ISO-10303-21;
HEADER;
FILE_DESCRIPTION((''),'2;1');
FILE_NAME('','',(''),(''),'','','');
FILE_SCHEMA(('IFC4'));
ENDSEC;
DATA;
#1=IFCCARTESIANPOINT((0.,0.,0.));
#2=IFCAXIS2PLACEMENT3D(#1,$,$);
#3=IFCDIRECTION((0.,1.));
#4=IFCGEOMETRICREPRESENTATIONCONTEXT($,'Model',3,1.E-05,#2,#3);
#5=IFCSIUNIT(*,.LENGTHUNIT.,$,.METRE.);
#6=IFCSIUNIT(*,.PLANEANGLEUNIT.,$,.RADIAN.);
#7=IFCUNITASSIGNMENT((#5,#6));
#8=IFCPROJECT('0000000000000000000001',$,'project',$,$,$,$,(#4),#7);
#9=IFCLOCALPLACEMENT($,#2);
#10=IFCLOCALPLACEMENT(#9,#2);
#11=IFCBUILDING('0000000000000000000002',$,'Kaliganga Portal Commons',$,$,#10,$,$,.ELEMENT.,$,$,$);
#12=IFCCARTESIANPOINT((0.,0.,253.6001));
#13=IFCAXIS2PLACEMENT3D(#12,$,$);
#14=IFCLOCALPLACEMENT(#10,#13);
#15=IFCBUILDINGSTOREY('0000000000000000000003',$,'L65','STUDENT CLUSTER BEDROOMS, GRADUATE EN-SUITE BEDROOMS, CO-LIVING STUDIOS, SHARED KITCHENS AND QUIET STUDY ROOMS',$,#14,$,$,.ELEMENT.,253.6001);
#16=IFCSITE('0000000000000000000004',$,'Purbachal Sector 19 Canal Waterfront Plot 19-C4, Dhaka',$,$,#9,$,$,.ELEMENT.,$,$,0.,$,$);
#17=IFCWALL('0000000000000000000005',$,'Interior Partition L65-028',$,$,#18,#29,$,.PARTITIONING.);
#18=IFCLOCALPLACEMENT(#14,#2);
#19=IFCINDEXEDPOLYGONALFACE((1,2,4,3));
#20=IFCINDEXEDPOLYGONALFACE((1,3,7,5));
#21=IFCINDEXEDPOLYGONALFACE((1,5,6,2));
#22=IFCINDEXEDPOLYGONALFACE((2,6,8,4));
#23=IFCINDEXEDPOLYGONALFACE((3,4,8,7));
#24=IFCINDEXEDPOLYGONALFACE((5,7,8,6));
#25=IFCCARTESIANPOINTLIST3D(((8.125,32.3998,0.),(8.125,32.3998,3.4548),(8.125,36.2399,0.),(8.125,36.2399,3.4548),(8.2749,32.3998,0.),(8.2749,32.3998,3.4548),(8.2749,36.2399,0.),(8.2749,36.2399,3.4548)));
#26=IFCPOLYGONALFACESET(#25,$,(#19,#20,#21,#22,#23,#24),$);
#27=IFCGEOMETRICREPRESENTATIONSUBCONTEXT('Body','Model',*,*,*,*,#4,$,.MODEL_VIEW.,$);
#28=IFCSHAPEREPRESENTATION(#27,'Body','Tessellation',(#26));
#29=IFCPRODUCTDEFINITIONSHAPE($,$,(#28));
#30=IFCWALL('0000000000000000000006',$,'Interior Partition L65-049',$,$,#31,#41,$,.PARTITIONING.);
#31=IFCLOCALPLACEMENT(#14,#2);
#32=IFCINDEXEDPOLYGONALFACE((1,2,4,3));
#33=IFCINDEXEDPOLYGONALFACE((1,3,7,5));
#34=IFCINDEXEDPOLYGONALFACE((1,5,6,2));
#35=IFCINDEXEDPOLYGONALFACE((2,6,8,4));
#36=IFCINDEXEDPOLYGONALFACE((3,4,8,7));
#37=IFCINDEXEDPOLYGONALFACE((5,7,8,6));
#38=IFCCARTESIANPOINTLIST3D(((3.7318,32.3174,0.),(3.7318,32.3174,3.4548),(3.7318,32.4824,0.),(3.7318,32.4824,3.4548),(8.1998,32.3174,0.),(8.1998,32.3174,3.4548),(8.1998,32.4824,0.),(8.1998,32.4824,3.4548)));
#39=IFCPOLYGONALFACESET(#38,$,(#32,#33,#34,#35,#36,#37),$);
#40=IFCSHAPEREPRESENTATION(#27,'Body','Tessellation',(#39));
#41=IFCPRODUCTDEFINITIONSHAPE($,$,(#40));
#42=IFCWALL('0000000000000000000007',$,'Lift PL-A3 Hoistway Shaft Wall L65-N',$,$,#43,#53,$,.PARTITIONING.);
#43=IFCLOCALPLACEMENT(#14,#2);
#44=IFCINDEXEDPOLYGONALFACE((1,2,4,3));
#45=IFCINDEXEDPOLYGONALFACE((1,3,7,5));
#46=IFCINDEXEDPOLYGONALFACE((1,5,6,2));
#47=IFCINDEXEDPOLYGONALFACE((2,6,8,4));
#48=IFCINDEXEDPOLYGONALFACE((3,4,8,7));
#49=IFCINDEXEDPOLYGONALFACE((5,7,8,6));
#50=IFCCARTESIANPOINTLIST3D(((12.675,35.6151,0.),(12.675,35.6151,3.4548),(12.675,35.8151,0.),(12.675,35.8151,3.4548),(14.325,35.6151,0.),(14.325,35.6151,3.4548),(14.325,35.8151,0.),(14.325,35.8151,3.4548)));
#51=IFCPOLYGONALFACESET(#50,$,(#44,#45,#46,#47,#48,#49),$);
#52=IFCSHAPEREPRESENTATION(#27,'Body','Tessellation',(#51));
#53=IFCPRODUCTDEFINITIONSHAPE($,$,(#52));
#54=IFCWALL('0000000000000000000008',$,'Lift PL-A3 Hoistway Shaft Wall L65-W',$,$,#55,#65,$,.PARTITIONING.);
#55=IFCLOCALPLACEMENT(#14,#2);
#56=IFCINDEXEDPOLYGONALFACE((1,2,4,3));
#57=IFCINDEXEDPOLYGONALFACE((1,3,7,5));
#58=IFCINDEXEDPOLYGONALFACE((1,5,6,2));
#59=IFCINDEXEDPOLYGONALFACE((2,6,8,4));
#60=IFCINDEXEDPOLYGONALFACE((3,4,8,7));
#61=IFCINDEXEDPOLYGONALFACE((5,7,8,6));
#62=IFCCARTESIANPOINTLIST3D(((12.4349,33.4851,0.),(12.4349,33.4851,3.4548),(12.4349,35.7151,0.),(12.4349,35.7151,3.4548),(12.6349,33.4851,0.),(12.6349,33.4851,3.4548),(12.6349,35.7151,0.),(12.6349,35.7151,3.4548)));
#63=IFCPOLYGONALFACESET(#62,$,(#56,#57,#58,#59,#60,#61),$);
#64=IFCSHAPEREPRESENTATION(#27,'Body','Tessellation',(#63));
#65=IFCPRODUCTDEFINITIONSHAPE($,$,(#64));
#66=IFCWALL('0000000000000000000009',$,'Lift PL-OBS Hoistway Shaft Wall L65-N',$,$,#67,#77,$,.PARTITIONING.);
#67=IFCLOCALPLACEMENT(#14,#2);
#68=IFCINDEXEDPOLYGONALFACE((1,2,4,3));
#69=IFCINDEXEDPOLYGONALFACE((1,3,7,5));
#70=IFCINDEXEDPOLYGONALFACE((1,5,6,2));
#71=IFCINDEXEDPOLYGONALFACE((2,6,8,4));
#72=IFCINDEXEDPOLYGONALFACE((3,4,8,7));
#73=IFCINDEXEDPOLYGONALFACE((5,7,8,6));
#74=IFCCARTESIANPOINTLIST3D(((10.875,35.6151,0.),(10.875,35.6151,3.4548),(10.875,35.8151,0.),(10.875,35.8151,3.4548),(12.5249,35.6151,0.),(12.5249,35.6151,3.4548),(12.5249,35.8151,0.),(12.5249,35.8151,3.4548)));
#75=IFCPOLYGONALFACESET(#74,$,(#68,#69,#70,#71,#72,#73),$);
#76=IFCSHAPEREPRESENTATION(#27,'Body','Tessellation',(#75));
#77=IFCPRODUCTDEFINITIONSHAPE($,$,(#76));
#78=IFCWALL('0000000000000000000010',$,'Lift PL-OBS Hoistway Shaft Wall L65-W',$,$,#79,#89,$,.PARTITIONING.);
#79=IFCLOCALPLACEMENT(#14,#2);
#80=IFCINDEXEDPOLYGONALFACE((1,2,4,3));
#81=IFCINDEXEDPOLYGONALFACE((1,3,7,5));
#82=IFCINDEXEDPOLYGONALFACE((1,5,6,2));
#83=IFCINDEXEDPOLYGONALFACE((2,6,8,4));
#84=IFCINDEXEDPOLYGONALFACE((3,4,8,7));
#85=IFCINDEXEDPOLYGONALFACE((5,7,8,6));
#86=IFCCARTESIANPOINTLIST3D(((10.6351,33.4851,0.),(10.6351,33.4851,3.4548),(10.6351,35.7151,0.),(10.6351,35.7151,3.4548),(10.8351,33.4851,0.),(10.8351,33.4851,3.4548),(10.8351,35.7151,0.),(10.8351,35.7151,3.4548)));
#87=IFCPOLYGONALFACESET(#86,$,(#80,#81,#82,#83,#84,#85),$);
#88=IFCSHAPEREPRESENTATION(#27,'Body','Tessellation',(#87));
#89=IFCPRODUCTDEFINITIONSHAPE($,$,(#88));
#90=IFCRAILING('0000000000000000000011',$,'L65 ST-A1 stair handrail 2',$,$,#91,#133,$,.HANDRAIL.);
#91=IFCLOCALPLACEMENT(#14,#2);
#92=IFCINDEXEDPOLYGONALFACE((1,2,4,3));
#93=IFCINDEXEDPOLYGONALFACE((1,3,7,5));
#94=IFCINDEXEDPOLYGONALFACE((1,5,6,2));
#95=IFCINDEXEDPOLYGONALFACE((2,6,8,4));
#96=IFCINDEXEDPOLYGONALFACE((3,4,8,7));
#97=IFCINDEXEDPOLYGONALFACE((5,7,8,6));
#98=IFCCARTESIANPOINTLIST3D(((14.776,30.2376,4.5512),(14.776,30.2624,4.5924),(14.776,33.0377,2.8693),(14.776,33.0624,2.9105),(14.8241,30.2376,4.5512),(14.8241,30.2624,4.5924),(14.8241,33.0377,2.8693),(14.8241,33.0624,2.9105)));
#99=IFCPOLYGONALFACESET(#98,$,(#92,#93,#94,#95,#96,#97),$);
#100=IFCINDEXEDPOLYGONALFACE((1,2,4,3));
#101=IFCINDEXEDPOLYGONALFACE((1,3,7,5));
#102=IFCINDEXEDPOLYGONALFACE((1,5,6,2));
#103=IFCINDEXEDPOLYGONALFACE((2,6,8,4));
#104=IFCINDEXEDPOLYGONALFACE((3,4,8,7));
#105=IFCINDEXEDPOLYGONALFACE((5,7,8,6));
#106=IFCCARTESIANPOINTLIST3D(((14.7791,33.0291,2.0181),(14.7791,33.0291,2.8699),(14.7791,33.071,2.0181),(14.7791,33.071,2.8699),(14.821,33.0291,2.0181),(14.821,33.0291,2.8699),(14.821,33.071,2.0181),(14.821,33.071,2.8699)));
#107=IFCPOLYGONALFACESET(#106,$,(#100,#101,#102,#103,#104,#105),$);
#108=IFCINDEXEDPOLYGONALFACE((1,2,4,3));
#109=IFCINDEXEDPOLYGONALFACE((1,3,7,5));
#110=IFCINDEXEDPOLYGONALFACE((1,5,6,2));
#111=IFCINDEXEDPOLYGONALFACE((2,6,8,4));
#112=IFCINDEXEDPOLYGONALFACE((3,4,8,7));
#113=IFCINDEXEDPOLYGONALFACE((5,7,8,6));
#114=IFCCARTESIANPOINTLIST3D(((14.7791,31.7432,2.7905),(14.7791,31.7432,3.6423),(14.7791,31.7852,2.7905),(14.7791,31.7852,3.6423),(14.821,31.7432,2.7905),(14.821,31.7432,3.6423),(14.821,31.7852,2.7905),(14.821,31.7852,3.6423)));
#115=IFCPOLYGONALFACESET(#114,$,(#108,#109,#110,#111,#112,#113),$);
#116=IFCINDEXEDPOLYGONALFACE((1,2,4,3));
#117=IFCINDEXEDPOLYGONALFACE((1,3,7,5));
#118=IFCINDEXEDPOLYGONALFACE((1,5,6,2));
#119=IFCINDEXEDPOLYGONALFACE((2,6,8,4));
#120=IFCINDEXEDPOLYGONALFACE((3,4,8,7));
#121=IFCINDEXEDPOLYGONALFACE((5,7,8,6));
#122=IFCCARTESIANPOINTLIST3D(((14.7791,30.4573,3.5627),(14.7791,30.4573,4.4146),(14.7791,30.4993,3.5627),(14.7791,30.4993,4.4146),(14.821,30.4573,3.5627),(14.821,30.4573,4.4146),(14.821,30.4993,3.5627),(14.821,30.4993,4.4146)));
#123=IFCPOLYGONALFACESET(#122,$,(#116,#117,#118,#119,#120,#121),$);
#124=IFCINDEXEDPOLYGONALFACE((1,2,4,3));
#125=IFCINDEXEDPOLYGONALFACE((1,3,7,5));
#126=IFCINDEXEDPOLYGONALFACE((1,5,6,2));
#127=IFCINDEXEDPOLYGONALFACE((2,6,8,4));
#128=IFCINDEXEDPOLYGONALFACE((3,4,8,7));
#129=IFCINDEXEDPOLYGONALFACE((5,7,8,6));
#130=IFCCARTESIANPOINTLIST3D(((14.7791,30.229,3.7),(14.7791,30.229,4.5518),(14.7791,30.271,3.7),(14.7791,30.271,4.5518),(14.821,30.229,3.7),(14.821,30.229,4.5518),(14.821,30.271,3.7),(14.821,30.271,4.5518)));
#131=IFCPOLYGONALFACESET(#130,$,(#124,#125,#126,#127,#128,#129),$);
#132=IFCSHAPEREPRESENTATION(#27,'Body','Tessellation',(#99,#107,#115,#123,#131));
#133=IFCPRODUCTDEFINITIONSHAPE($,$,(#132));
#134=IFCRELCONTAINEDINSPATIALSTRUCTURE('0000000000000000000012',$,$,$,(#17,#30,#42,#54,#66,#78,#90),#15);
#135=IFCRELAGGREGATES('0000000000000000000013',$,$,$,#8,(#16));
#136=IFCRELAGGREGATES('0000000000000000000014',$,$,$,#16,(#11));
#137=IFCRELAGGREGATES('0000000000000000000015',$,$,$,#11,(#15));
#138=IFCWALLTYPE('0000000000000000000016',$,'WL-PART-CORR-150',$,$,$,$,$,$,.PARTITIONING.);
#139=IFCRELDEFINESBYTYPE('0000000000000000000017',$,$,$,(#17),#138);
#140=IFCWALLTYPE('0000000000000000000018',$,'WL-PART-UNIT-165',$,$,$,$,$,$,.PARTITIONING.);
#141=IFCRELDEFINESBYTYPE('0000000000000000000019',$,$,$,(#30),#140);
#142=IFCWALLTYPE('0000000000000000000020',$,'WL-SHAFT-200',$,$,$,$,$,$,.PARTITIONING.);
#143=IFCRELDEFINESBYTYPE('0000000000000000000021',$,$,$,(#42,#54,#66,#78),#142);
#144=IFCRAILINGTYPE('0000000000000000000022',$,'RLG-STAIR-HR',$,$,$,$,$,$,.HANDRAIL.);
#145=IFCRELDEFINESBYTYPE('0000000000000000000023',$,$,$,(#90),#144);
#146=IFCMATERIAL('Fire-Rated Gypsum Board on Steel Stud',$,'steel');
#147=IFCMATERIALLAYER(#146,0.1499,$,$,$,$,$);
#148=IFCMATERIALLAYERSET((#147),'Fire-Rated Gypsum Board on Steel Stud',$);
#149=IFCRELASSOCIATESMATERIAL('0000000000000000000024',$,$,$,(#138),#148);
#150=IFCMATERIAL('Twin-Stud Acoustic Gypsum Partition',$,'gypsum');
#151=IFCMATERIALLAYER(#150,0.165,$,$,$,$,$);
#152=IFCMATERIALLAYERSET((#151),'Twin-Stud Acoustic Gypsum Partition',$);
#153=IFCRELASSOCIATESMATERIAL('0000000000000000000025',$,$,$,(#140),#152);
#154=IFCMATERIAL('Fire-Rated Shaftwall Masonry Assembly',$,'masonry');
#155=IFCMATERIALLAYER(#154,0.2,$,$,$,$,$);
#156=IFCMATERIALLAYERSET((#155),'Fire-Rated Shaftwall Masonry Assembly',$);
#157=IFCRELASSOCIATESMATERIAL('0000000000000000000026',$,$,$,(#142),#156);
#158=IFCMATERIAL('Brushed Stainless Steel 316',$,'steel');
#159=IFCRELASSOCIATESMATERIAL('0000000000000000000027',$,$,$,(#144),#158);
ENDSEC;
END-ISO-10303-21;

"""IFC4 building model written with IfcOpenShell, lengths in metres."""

from ifc_helpers import new_model, si_unit, direction, frame, frame_2d, origin, origin_2d, place, context, subcontext, project, spatial, rectangle, extrude, material, layer, layer_set, type_object, element, save


model = new_model("IFC4")

# Units and contexts
model_context = context("Model", 3, precision=1e-05, world=origin(), true_north=direction((0.0, 1.0)))
body_context = subcontext(model_context, "Body", "Model", "MODEL_VIEW")
ifc_project = project(units=[si_unit("LENGTHUNIT", "METRE"), si_unit("PLANEANGLEUNIT", "RADIAN")], contexts=[model_context])

# Site, building, storey
site_placement = place(None, origin())
site = spatial("IfcSite", under=ifc_project, at=site_placement, Name="Purbachal Sector 19 Canal Waterfront Plot 19-C4, Dhaka", CompositionType="ELEMENT", RefElevation=0.0)
building_placement = place(site_placement, origin())
building = spatial("IfcBuilding", under=site, at=building_placement, Name="Kaliganga Portal Commons", CompositionType="ELEMENT")
storey_placement = place(building_placement, frame((0.0, 0.0, 253.6001)))
storey = spatial("IfcBuildingStorey", under=building, at=storey_placement, Name="L65", Description="STUDENT CLUSTER BEDROOMS, GRADUATE EN-SUITE BEDROOMS, CO-LIVING STUDIOS, SHARED KITCHENS AND QUIET STUDY ROOMS", CompositionType="ELEMENT", Elevation=253.6001)

# Walls
ifc_material_1 = material(Name="Fire-Rated Gypsum Board on Steel Stud", Category="steel")
ifc_layer_1 = layer(ifc_material_1, 0.1499)
ifc_layer_set_1 = layer_set([ifc_layer_1], Name="Fire-Rated Gypsum Board on Steel Stud")
wall_type_1 = type_object("IfcWallType", Name="WL-PART-CORR-150", PredefinedType="PARTITIONING", material=ifc_layer_set_1)
wall_1_placement = place(storey_placement, frame((8.2, 32.3999, 0.0), z_axis=(0.0, 0.0, 1.0), x_axis=(0.0, 1.0, 0.0)))
element("IfcWall", 1, at=wall_1_placement, inside=storey, type_object=wall_type_1, Name="Interior Partition L65-028", PredefinedType="PARTITIONING", context=body_context, shape_type="SweptSolid", body=[
    extrude(rectangle(XDim=3.8401, YDim=0.1499, at=frame_2d((1.9199, 0.0))), origin(), (0.0, 0.0, 1.0), 3.4548),
])
ifc_material_2 = material(Name="Twin-Stud Acoustic Gypsum Partition", Category="gypsum")
ifc_layer_2 = layer(ifc_material_2, 0.165)
ifc_layer_set_2 = layer_set([ifc_layer_2], Name="Twin-Stud Acoustic Gypsum Partition")
wall_type_2 = type_object("IfcWallType", Name="WL-PART-UNIT-165", PredefinedType="PARTITIONING", material=ifc_layer_set_2)
wall_2_placement = place(storey_placement, frame((3.7319, 32.3999, 0.0), z_axis=(0.0, 0.0, 1.0), x_axis=(1.0, 0.0, 0.0)))
element("IfcWall", 2, at=wall_2_placement, inside=storey, type_object=wall_type_2, Name="Interior Partition L65-049", PredefinedType="PARTITIONING", context=body_context, shape_type="SweptSolid", body=[
    extrude(rectangle(XDim=4.468, YDim=0.165, at=frame_2d((2.2339, 0.0))), origin(), (0.0, 0.0, 1.0), 3.4548),
])

# Shared definitions
ifc_material_3 = material(Name="Fire-Rated Shaftwall Masonry Assembly", Category="masonry")
ifc_layer_3 = layer(ifc_material_3, 0.2)
ifc_layer_set_3 = layer_set([ifc_layer_3], Name="Fire-Rated Shaftwall Masonry Assembly")
wall_type_3 = type_object("IfcWallType", Name="WL-SHAFT-200", PredefinedType="PARTITIONING", material=ifc_layer_set_3)

# Walls
wall_3_placement = place(storey_placement, frame((12.675, 35.7151, 0.0), z_axis=(0.0, 0.0, 1.0), x_axis=(1.0, 0.0, 0.0)))
element("IfcWall", 3, at=wall_3_placement, inside=storey, type_object=wall_type_3, Name="Lift PL-A3 Hoistway Shaft Wall L65-N", PredefinedType="PARTITIONING", context=body_context, shape_type="SweptSolid", body=[
    extrude(rectangle(XDim=1.6499, YDim=0.2, at=frame_2d((0.825, 0.0))), origin(), (0.0, 0.0, 1.0), 3.4548),
])
wall_4_placement = place(storey_placement, frame((12.5349, 33.4851, 0.0), z_axis=(0.0, 0.0, 1.0), x_axis=(0.0, 1.0, 0.0)))
element("IfcWall", 4, at=wall_4_placement, inside=storey, type_object=wall_type_3, Name="Lift PL-A3 Hoistway Shaft Wall L65-W", PredefinedType="PARTITIONING", context=body_context, shape_type="SweptSolid", body=[
    extrude(rectangle(XDim=2.23, YDim=0.2, at=frame_2d((1.115, 0.0))), origin(), (0.0, 0.0, 1.0), 3.4548),
])

# Walls
wall_5_placement = place(storey_placement, frame((10.875, 35.7151, 0.0), z_axis=(0.0, 0.0, 1.0), x_axis=(1.0, 0.0, 0.0)))
element("IfcWall", 5, at=wall_5_placement, inside=storey, type_object=wall_type_3, Name="Lift PL-OBS Hoistway Shaft Wall L65-N", PredefinedType="PARTITIONING", context=body_context, shape_type="SweptSolid", body=[
    extrude(rectangle(XDim=1.6499, YDim=0.2, at=frame_2d((0.825, 0.0))), origin(), (0.0, 0.0, 1.0), 3.4548),
])
wall_6_placement = place(storey_placement, frame((10.7351, 33.4851, 0.0), z_axis=(0.0, 0.0, 1.0), x_axis=(0.0, 1.0, 0.0)))
element("IfcWall", 6, at=wall_6_placement, inside=storey, type_object=wall_type_3, Name="Lift PL-OBS Hoistway Shaft Wall L65-W", PredefinedType="PARTITIONING", context=body_context, shape_type="SweptSolid", body=[
    extrude(rectangle(XDim=2.23, YDim=0.2, at=frame_2d((1.115, 0.0))), origin(), (0.0, 0.0, 1.0), 3.4548),
])

# Railing
ifc_material_4 = material(Name="Brushed Stainless Steel 316", Category="steel")
railing_type = type_object("IfcRailingType", Name="RLG-STAIR-HR", PredefinedType="HANDRAIL", material=ifc_material_4)
railing_placement = place(storey_placement, frame((14.8, 33.05, 2.0181)))
element("IfcRailing", 7, at=railing_placement, inside=storey, type_object=railing_type, Name="L65 ST-A1 stair handrail 2", PredefinedType="HANDRAIL", context=body_context, shape_type="SweptSolid", body=[
    extrude(rectangle(XDim=0.0481, YDim=0.0481, at=origin_2d()), frame((0.0, 0.0, 0.8718), z_axis=(0.0, -0.857242, 0.514913), x_axis=(1.0, 0.0, 0.0)), (0.0, 0.0, 1.0), 3.2664),
    extrude(rectangle(XDim=0.042, YDim=0.042, at=origin_2d()), origin(), (0.0, 0.0, 1.0), 0.8518),
    extrude(rectangle(XDim=0.042, YDim=0.042, at=origin_2d()), frame((0.0, -1.2859, 0.7725)), (0.0, 0.0, 1.0), 0.8518),
    extrude(rectangle(XDim=0.042, YDim=0.042, at=origin_2d()), frame((0.0, -2.5718, 1.5447)), (0.0, 0.0, 1.0), 0.8518),
    extrude(rectangle(XDim=0.042, YDim=0.042, at=origin_2d()), frame((0.0, -2.8, 1.6819)), (0.0, 0.0, 1.0), 0.8518),
])

save(model, "model.ifc")
